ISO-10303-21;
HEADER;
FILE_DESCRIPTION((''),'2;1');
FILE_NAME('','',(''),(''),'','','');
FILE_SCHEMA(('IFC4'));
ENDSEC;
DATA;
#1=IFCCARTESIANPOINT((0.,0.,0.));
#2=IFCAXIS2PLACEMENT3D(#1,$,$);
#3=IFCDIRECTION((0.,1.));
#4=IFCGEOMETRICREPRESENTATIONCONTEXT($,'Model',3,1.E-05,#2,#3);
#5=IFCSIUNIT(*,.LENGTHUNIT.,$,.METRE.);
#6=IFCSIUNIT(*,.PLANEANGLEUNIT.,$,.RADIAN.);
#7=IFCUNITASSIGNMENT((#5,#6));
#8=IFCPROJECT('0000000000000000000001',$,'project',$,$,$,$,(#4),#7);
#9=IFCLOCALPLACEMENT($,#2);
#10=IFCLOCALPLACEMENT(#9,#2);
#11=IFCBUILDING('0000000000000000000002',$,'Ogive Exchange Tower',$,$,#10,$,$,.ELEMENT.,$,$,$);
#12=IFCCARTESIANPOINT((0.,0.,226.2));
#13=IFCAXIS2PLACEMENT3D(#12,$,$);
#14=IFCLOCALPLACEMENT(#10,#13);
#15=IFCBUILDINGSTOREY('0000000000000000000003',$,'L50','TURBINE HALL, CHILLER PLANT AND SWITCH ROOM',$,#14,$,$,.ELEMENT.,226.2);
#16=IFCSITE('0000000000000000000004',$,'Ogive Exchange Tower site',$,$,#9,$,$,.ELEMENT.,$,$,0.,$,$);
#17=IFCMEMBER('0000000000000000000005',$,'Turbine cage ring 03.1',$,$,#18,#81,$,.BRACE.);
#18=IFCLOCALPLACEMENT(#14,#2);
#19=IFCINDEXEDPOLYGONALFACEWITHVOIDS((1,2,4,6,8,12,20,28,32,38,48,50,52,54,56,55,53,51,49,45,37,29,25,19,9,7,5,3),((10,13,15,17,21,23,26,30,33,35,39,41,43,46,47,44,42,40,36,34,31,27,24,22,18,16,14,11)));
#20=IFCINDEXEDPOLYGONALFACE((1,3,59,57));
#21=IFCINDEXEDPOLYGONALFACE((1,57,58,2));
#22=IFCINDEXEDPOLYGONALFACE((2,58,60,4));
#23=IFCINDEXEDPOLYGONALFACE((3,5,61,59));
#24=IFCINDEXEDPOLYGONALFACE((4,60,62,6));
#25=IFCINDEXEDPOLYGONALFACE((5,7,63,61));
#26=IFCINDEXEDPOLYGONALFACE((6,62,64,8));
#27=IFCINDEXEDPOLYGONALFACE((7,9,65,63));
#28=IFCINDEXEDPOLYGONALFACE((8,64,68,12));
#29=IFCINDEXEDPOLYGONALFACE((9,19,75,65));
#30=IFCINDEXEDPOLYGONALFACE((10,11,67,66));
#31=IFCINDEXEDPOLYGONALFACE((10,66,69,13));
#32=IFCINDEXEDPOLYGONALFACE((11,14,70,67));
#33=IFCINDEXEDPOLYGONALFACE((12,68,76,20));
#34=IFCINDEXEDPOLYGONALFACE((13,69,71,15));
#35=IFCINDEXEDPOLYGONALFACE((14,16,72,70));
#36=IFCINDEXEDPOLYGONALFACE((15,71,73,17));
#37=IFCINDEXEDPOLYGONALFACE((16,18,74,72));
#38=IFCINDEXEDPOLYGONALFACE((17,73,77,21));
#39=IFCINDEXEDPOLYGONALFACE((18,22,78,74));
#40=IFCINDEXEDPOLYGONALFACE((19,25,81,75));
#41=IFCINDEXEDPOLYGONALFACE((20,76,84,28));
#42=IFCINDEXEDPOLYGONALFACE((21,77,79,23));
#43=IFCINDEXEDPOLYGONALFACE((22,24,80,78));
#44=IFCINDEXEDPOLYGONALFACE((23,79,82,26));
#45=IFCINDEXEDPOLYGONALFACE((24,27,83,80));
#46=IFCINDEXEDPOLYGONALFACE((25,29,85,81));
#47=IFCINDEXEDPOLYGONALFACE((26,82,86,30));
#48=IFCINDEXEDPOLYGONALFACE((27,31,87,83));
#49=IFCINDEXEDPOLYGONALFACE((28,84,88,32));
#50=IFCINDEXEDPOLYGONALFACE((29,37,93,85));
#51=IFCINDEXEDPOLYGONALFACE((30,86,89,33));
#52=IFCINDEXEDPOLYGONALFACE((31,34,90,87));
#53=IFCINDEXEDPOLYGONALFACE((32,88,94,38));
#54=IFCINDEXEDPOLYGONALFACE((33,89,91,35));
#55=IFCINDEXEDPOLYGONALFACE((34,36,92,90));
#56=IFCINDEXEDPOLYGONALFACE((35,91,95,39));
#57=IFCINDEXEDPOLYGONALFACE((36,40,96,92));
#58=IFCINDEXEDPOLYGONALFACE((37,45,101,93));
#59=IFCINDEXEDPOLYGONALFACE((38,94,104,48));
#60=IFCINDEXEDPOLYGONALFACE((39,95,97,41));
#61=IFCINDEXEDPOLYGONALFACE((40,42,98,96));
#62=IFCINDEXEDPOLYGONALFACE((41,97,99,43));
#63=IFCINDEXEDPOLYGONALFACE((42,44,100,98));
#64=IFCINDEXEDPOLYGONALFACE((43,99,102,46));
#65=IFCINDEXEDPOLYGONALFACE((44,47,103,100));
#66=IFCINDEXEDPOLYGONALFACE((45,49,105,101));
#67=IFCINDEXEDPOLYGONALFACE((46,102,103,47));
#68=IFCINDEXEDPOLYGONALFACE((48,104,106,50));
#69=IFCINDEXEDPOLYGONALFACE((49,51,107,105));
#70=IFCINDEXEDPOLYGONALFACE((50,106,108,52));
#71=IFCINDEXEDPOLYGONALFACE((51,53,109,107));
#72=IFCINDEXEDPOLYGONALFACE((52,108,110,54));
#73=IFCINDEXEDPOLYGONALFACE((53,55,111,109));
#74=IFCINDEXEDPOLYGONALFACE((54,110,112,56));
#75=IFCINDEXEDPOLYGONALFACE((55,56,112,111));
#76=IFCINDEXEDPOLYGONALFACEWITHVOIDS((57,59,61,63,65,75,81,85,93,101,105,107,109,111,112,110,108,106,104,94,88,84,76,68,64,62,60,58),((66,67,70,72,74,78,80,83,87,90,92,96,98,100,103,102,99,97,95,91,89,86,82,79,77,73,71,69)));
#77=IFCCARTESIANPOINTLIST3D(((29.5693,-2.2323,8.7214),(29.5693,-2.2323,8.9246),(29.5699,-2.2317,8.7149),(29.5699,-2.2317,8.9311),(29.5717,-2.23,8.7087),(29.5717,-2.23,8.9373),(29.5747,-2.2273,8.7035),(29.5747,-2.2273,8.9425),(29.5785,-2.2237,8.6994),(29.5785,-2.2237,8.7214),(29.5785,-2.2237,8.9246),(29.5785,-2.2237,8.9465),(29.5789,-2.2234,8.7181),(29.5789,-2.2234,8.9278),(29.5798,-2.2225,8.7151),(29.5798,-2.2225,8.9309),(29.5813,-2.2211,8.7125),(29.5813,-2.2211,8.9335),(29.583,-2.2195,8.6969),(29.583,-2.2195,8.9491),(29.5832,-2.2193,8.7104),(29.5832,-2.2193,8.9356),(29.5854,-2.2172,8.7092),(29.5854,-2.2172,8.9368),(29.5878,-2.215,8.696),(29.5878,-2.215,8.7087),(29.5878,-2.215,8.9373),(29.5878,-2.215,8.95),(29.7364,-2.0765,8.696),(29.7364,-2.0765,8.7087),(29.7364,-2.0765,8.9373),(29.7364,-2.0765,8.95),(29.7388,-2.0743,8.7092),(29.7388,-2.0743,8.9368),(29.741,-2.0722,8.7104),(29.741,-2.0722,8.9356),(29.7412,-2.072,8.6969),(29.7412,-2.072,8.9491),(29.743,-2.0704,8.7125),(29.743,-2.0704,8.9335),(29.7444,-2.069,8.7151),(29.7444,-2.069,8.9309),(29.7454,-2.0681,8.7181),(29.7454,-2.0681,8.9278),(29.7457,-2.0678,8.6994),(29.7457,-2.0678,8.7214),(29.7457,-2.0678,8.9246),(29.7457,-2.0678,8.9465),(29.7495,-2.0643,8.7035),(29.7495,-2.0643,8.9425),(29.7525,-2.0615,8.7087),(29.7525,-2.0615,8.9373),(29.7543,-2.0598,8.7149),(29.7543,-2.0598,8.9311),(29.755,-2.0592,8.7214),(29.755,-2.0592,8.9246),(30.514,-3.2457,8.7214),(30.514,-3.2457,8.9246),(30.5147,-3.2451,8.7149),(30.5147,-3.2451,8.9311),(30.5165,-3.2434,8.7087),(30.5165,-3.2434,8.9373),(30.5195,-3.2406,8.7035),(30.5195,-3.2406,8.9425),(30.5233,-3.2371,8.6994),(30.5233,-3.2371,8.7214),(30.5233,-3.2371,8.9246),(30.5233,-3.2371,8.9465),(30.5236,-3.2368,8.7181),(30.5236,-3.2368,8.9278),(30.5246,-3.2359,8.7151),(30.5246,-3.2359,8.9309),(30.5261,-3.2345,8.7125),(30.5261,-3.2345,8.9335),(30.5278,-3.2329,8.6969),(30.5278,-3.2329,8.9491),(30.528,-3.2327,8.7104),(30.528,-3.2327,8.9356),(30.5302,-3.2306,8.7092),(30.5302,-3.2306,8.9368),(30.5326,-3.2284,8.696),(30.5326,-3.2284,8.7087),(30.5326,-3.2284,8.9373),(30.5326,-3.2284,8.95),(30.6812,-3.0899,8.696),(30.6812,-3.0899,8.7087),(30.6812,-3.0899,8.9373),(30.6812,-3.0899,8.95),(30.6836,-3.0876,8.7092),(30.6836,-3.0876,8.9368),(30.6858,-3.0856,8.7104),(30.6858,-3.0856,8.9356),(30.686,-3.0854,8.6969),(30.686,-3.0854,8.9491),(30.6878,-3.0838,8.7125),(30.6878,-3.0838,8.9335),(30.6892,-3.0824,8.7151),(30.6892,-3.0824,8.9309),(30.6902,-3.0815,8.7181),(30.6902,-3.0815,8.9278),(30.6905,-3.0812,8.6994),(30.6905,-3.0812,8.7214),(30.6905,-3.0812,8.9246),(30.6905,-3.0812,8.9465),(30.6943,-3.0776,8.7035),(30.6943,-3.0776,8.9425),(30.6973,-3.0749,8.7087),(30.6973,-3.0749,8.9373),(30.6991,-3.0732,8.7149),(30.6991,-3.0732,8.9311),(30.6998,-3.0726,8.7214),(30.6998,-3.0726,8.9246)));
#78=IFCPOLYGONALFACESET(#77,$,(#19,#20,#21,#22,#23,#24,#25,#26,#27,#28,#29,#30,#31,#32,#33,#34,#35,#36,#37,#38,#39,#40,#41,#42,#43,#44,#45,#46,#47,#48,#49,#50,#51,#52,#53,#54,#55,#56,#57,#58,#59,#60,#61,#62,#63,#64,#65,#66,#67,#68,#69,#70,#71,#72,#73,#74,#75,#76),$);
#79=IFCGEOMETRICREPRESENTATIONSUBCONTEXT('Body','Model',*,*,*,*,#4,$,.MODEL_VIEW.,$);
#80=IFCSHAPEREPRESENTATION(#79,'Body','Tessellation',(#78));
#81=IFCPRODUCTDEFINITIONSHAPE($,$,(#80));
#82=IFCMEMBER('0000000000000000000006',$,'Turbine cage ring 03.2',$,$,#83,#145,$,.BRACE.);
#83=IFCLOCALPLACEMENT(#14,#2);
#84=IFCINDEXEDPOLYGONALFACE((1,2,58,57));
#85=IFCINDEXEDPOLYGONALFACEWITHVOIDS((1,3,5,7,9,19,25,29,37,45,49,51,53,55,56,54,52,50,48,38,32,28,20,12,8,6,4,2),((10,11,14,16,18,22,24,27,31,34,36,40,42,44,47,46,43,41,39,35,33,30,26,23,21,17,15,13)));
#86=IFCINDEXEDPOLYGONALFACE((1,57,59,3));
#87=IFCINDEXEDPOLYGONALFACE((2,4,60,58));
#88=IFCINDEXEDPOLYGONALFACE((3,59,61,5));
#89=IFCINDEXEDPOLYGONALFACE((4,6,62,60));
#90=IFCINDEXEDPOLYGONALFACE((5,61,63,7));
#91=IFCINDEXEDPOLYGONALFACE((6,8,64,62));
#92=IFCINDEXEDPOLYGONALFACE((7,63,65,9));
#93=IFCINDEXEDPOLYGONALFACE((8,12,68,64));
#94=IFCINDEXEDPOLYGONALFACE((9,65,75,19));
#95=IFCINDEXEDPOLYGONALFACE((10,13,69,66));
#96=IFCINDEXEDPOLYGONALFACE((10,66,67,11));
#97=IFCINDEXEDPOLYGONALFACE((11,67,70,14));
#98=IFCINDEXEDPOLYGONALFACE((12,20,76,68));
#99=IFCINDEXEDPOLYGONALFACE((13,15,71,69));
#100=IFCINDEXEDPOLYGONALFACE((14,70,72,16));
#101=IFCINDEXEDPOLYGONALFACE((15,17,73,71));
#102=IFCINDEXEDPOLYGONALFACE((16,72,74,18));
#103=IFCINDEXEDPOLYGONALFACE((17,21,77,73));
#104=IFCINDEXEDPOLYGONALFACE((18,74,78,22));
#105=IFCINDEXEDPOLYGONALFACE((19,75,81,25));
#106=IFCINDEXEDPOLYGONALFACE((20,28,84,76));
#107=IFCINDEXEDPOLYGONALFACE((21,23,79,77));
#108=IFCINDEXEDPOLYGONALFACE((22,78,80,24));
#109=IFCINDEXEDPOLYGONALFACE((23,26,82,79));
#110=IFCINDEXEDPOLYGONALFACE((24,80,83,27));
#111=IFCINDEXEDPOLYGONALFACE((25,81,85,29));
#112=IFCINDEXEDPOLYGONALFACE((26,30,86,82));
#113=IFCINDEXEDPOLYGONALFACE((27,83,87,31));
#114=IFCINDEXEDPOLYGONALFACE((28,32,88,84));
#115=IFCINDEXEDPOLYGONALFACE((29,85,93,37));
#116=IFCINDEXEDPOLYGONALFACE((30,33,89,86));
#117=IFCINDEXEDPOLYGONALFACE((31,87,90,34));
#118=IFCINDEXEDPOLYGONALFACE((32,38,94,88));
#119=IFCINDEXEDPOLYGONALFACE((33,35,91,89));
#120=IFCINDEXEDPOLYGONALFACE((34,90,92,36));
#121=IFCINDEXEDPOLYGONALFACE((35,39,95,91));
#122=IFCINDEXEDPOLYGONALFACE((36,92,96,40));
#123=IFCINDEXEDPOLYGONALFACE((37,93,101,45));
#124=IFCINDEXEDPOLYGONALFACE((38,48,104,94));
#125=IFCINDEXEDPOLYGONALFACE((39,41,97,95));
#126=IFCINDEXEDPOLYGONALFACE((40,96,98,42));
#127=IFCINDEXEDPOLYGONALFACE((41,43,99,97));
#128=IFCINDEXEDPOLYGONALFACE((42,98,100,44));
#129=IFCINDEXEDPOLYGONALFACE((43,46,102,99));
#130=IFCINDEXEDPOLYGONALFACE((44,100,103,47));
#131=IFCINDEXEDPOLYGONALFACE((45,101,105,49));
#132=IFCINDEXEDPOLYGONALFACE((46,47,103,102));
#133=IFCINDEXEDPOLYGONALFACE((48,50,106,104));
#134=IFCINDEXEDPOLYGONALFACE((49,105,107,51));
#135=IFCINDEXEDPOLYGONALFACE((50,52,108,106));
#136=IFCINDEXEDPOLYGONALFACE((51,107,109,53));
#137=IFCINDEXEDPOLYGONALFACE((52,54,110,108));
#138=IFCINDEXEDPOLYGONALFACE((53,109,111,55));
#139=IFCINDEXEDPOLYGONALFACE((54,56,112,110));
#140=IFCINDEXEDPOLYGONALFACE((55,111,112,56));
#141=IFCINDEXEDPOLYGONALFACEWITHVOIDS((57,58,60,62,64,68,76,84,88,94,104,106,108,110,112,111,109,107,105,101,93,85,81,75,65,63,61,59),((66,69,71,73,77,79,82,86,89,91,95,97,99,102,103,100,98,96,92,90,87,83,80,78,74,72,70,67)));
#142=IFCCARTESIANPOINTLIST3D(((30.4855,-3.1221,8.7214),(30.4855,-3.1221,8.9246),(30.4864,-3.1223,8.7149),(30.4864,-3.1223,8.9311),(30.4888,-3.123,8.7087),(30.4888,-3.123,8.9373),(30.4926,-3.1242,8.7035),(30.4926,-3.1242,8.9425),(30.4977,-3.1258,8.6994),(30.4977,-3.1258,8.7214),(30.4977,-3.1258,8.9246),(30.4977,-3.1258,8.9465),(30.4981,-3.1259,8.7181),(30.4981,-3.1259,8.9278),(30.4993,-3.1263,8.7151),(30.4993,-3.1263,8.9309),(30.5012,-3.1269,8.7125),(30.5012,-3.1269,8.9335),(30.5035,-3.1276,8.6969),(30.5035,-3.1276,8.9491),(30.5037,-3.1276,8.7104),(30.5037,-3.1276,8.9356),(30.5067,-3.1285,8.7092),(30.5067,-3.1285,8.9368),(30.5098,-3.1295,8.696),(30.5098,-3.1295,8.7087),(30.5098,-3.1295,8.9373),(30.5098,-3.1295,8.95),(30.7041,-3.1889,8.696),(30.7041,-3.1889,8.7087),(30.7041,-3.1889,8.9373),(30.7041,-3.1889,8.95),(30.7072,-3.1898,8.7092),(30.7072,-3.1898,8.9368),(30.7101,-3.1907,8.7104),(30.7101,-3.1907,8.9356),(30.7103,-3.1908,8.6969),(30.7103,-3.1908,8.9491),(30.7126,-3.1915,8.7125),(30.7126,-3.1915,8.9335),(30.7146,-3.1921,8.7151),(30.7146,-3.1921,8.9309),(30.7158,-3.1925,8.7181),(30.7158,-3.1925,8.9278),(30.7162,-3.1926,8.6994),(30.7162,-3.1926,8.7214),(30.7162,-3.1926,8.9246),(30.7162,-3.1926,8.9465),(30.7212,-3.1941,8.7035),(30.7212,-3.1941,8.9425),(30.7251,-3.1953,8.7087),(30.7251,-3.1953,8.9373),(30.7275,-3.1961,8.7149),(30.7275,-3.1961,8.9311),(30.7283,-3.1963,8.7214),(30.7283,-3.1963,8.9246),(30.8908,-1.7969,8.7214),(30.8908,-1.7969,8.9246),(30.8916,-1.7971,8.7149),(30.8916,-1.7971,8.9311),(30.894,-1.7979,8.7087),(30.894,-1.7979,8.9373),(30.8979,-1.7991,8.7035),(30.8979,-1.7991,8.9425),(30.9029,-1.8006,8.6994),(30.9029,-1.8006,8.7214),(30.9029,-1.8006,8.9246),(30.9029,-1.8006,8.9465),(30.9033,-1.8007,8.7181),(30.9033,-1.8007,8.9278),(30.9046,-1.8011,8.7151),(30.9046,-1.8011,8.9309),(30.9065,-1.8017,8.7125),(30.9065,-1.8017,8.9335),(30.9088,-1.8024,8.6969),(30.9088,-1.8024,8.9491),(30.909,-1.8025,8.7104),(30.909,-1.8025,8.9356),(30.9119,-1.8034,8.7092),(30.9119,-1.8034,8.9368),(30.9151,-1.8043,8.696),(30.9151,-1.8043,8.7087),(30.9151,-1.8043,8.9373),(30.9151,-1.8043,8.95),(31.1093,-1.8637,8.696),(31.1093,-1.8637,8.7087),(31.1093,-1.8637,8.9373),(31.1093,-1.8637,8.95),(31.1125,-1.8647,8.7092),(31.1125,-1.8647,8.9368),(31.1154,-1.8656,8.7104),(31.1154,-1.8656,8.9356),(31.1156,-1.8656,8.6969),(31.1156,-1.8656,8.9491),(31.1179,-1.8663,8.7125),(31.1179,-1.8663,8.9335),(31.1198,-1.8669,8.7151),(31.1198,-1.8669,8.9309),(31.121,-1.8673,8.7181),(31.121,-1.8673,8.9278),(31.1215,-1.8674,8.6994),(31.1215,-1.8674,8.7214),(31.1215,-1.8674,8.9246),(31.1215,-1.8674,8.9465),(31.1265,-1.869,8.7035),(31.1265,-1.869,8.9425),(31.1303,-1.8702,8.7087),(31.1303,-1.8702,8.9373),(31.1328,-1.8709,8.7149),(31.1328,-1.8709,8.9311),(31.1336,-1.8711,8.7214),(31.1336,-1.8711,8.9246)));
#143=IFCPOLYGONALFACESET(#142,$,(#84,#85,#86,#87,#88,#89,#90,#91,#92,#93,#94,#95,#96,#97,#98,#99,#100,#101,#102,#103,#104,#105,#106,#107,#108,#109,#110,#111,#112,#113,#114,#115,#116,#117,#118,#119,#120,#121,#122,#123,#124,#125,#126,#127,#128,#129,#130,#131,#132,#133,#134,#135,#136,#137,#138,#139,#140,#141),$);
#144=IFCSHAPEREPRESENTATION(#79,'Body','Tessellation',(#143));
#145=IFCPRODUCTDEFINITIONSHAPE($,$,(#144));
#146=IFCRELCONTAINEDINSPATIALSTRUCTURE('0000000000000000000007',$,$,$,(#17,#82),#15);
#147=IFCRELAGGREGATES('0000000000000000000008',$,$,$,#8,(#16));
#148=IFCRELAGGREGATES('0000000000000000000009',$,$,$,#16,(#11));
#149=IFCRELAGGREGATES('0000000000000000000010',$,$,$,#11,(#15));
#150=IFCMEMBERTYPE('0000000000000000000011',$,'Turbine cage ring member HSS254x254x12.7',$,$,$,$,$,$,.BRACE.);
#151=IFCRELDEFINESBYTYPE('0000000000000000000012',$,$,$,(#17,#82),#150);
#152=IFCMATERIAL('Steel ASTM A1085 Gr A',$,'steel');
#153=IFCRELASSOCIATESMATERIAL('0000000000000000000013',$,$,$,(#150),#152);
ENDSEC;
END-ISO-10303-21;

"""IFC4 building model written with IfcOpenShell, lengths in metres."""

from ifc_helpers import new_model, si_unit, direction, frame, origin, origin_2d, place, context, subcontext, project, spatial, hollow_rectangle, extrude, material, material_profile, profile_set, type_object, element, save


model = new_model("IFC4")

# Units and contexts
model_context = context("Model", 3, precision=1e-05, world=origin(), true_north=direction((0.0, 1.0)))
body_context = subcontext(model_context, "Body", "Model", "MODEL_VIEW")
ifc_project = project(units=[si_unit("LENGTHUNIT", "METRE"), si_unit("PLANEANGLEUNIT", "RADIAN")], contexts=[model_context])

# Site, building, storey
site_placement = place(None, origin())
site = spatial("IfcSite", under=ifc_project, at=site_placement, Name="Ogive Exchange Tower site", CompositionType="ELEMENT", RefElevation=0.0)
building_placement = place(site_placement, origin())
building = spatial("IfcBuilding", under=site, at=building_placement, Name="Ogive Exchange Tower", CompositionType="ELEMENT")
storey_placement = place(building_placement, frame((0.0, 0.0, 226.2)))
storey = spatial("IfcBuildingStorey", under=building, at=storey_placement, Name="L50", Description="TURBINE HALL, CHILLER PLANT AND SWITCH ROOM", CompositionType="ELEMENT", Elevation=226.2)

# Shared definitions
ifc_material_1 = material(Name="Steel ASTM A1085 Gr A", Category="steel")

# Members
ifc_material_profile_1 = material_profile(ifc_material_1, hollow_rectangle(XDim=0.2539, YDim=0.2539, WallThickness=0.0127, InnerFilletRadius=0.0127, OuterFilletRadius=0.0254, at=origin_2d()), Name="HSS254x254x12.7")
ifc_profile_set_1 = profile_set([ifc_material_profile_1], Name="Steel ASTM A1085 Gr A")
member_type_1 = type_object("IfcMemberType", Name="Turbine cage ring member HSS254x254x12.7", PredefinedType="BRACE", material=ifc_profile_set_1)
member_1_placement = place(storey_placement, frame((29.6621, -2.1458, 8.823), z_axis=(0.681916, -0.73143, 0.0), x_axis=(0.73143, 0.681916, 0.0)))
element("IfcMember", 1, at=member_1_placement, inside=storey, type_object=member_type_1, Name="Turbine cage ring 03.1", PredefinedType="BRACE", context=body_context, shape_type="SweptSolid", body=[
    extrude(hollow_rectangle(XDim=0.2539, YDim=0.2539, WallThickness=0.0127, InnerFilletRadius=0.0127, OuterFilletRadius=0.0254, at=origin_2d()), origin(), (0.0, 0.0, 1.0), 1.3855),
])
for number, where, z_axis, x_axis, name in (
    (2, (30.6069, -3.1592, 8.823), (0.292451, 0.95628, 0.0), (-0.95628, 0.292451, 0.0), "Turbine cage ring 03.2"),
):
    element("IfcMember", number, at=place(storey_placement, frame(where, z_axis=z_axis, x_axis=x_axis)), inside=storey, type_object=member_type_1, Name=name, PredefinedType="BRACE", context=body_context, shape_type="SweptSolid", body=[
        extrude(hollow_rectangle(XDim=0.2539, YDim=0.2539, WallThickness=0.0127, InnerFilletRadius=0.0127, OuterFilletRadius=0.0254, at=origin_2d()), origin(), (0.0, 0.0, 1.0), 1.3857),
    ])

save(model, "model.ifc")
